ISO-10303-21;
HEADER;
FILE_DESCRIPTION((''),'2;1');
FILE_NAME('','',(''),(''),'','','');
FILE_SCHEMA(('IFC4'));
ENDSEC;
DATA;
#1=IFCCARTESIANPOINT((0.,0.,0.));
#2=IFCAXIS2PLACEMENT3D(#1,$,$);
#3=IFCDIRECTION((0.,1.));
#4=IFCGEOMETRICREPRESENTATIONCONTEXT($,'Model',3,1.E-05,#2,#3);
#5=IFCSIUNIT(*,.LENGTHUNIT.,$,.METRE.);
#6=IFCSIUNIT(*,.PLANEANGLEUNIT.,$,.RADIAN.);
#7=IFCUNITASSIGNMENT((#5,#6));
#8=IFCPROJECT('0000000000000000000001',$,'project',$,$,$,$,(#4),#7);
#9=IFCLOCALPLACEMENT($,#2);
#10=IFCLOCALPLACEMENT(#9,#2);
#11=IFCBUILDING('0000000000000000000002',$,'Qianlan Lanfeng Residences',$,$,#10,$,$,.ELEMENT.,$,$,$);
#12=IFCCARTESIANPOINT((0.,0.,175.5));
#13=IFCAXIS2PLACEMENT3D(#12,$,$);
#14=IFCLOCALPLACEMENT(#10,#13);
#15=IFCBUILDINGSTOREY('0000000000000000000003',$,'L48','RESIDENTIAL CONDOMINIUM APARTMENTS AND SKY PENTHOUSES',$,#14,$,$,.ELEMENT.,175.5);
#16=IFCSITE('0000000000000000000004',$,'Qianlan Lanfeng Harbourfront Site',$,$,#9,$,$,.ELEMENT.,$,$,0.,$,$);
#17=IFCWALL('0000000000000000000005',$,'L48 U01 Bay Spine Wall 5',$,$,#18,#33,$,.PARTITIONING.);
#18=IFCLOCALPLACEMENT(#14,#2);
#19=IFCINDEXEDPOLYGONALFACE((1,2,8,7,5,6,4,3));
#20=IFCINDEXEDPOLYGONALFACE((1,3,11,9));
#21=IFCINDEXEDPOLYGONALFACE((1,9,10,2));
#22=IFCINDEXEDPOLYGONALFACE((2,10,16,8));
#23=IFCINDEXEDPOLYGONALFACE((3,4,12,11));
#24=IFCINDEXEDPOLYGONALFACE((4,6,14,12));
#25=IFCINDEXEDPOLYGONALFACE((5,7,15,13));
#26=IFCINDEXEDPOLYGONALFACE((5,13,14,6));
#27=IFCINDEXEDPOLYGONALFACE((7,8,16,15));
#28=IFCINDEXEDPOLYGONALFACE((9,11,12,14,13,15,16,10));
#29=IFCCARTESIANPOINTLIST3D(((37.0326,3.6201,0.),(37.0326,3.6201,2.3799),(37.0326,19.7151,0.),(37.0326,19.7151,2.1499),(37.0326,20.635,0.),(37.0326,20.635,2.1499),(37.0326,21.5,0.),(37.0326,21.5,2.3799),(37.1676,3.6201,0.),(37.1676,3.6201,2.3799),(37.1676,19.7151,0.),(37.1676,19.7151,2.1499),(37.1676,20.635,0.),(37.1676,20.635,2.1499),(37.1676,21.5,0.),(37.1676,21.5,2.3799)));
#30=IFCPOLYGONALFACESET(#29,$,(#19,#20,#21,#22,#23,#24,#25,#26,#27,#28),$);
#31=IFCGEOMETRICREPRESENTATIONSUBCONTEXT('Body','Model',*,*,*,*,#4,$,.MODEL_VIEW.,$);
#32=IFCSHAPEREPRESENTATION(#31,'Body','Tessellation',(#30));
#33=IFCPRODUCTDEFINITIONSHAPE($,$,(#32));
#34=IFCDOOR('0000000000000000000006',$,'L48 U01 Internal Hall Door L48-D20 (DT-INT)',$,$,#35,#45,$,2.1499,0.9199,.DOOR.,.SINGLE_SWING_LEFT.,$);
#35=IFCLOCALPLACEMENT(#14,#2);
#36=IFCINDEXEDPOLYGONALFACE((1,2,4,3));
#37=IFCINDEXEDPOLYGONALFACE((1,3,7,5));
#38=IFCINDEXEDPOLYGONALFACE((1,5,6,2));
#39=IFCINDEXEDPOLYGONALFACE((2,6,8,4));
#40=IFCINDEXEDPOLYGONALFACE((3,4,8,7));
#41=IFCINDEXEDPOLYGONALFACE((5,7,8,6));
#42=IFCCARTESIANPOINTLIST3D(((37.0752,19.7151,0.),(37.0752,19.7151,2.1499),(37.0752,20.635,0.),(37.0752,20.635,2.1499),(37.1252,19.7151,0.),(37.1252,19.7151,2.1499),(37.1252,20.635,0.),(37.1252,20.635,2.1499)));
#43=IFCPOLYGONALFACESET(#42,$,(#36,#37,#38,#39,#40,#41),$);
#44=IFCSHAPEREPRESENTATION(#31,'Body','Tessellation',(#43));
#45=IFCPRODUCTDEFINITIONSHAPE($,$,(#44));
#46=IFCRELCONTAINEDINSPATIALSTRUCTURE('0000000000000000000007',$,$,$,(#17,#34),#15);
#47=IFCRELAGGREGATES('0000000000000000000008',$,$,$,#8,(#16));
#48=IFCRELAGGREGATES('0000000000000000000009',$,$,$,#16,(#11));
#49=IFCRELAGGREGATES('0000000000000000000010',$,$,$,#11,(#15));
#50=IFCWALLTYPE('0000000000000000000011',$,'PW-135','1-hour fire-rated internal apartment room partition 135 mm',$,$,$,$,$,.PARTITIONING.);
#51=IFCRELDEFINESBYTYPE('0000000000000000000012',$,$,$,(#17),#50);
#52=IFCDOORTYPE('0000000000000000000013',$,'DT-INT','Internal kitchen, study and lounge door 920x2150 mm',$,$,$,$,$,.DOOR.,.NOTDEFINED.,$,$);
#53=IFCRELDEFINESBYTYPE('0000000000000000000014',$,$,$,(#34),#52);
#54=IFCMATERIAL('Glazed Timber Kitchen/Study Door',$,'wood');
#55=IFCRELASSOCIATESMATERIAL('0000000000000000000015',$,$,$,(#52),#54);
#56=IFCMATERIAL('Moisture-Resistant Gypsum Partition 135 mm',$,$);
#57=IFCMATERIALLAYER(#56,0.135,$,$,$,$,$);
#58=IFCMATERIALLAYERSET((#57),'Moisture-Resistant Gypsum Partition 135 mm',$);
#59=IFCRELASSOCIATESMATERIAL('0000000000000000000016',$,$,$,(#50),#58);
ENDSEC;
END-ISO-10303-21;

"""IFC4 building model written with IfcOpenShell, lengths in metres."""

from ifc_helpers import new_model, si_unit, direction, frame, frame_2d, origin, place, context, subcontext, project, spatial, rectangle, extrude, material, layer, layer_set, type_object, element, fill, save


model = new_model("IFC4")

# Units and contexts
model_context = context("Model", 3, precision=1e-05, world=origin(), true_north=direction((0.0, 1.0)))
body_context = subcontext(model_context, "Body", "Model", "MODEL_VIEW")
ifc_project = project(units=[si_unit("LENGTHUNIT", "METRE"), si_unit("PLANEANGLEUNIT", "RADIAN")], contexts=[model_context])

# Site, building, storey
site_placement = place(None, origin())
site = spatial("IfcSite", under=ifc_project, at=site_placement, Name="Qianlan Lanfeng Harbourfront Site", CompositionType="ELEMENT", RefElevation=0.0)
building_placement = place(site_placement, origin())
building = spatial("IfcBuilding", under=site, at=building_placement, Name="Qianlan Lanfeng Residences", CompositionType="ELEMENT")
storey_placement = place(building_placement, frame((0.0, 0.0, 175.5)))
storey = spatial("IfcBuildingStorey", under=building, at=storey_placement, Name="L48", Description="RESIDENTIAL CONDOMINIUM APARTMENTS AND SKY PENTHOUSES", CompositionType="ELEMENT", Elevation=175.5)

# Shared definitions
ifc_material_1 = material(Name="Glazed Timber Kitchen/Study Door", Category="wood")
door_type_1 = type_object("IfcDoorType", Name="DT-INT", Description="Internal kitchen, study and lounge door 920x2150 mm", OperationType="NOTDEFINED", PredefinedType="DOOR", material=ifc_material_1)

# Wall, opening, door
ifc_material_2 = material(Name="Moisture-Resistant Gypsum Partition 135 mm")
ifc_layer_1 = layer(ifc_material_2, 0.135)
ifc_layer_set_1 = layer_set([ifc_layer_1], Name="Moisture-Resistant Gypsum Partition 135 mm")
wall_type_1 = type_object("IfcWallType", Name="PW-135", Description="1-hour fire-rated internal apartment room partition 135 mm", PredefinedType="PARTITIONING", material=ifc_layer_set_1)
wall_1_placement = place(storey_placement, frame((37.1001, 3.6201, 0.0), z_axis=(0.0, 0.0, 1.0), x_axis=(0.0, 1.0, 0.0)))
wall_1 = element("IfcWall", 1, at=wall_1_placement, inside=storey, type_object=wall_type_1, Name="L48 U01 Bay Spine Wall 5", PredefinedType="PARTITIONING", context=body_context, shape_type="SweptSolid", body=[
    extrude(rectangle(XDim=17.8799, YDim=0.135, at=frame_2d((8.9399, 0.0))), origin(), (0.0, 0.0, 1.0), 2.3799),
])
opening_1_placement = place(wall_1_placement, frame((16.095, 0.0, 0.0)))
opening_1 = element("IfcOpeningElement", 2, at=opening_1_placement, cuts=wall_1, PredefinedType="OPENING", context=body_context, shape_type="SweptSolid", body=[
    extrude(rectangle(XDim=0.9199, YDim=2.1499, at=frame_2d((0.46, 1.075))), frame((0.0, 0.0776, 0.0), z_axis=(0.0, -1.0, 0.0), x_axis=(1.0, 0.0, 0.0)), (0.0, 0.0, 1.0), 0.155),
])
door_1_placement = place(opening_1_placement, origin())
door_1 = element("IfcDoor", 3, at=door_1_placement, inside=storey, type_object=door_type_1, Name="L48 U01 Internal Hall Door L48-D20 (DT-INT)", OperationType="SINGLE_SWING_LEFT", OverallHeight=2.1499, OverallWidth=0.9199, PredefinedType="DOOR", context=body_context, shape_type="SweptSolid", body=[
    extrude(rectangle(XDim=0.9199, YDim=2.1499, at=frame_2d((0.46, 1.075))), frame((0.0, 0.0249, 0.0), z_axis=(0.0, -1.0, 0.0), x_axis=(1.0, 0.0, 0.0)), (0.0, 0.0, 1.0), 0.05),
])
fill(opening_1, door_1)

save(model, "model.ifc")
